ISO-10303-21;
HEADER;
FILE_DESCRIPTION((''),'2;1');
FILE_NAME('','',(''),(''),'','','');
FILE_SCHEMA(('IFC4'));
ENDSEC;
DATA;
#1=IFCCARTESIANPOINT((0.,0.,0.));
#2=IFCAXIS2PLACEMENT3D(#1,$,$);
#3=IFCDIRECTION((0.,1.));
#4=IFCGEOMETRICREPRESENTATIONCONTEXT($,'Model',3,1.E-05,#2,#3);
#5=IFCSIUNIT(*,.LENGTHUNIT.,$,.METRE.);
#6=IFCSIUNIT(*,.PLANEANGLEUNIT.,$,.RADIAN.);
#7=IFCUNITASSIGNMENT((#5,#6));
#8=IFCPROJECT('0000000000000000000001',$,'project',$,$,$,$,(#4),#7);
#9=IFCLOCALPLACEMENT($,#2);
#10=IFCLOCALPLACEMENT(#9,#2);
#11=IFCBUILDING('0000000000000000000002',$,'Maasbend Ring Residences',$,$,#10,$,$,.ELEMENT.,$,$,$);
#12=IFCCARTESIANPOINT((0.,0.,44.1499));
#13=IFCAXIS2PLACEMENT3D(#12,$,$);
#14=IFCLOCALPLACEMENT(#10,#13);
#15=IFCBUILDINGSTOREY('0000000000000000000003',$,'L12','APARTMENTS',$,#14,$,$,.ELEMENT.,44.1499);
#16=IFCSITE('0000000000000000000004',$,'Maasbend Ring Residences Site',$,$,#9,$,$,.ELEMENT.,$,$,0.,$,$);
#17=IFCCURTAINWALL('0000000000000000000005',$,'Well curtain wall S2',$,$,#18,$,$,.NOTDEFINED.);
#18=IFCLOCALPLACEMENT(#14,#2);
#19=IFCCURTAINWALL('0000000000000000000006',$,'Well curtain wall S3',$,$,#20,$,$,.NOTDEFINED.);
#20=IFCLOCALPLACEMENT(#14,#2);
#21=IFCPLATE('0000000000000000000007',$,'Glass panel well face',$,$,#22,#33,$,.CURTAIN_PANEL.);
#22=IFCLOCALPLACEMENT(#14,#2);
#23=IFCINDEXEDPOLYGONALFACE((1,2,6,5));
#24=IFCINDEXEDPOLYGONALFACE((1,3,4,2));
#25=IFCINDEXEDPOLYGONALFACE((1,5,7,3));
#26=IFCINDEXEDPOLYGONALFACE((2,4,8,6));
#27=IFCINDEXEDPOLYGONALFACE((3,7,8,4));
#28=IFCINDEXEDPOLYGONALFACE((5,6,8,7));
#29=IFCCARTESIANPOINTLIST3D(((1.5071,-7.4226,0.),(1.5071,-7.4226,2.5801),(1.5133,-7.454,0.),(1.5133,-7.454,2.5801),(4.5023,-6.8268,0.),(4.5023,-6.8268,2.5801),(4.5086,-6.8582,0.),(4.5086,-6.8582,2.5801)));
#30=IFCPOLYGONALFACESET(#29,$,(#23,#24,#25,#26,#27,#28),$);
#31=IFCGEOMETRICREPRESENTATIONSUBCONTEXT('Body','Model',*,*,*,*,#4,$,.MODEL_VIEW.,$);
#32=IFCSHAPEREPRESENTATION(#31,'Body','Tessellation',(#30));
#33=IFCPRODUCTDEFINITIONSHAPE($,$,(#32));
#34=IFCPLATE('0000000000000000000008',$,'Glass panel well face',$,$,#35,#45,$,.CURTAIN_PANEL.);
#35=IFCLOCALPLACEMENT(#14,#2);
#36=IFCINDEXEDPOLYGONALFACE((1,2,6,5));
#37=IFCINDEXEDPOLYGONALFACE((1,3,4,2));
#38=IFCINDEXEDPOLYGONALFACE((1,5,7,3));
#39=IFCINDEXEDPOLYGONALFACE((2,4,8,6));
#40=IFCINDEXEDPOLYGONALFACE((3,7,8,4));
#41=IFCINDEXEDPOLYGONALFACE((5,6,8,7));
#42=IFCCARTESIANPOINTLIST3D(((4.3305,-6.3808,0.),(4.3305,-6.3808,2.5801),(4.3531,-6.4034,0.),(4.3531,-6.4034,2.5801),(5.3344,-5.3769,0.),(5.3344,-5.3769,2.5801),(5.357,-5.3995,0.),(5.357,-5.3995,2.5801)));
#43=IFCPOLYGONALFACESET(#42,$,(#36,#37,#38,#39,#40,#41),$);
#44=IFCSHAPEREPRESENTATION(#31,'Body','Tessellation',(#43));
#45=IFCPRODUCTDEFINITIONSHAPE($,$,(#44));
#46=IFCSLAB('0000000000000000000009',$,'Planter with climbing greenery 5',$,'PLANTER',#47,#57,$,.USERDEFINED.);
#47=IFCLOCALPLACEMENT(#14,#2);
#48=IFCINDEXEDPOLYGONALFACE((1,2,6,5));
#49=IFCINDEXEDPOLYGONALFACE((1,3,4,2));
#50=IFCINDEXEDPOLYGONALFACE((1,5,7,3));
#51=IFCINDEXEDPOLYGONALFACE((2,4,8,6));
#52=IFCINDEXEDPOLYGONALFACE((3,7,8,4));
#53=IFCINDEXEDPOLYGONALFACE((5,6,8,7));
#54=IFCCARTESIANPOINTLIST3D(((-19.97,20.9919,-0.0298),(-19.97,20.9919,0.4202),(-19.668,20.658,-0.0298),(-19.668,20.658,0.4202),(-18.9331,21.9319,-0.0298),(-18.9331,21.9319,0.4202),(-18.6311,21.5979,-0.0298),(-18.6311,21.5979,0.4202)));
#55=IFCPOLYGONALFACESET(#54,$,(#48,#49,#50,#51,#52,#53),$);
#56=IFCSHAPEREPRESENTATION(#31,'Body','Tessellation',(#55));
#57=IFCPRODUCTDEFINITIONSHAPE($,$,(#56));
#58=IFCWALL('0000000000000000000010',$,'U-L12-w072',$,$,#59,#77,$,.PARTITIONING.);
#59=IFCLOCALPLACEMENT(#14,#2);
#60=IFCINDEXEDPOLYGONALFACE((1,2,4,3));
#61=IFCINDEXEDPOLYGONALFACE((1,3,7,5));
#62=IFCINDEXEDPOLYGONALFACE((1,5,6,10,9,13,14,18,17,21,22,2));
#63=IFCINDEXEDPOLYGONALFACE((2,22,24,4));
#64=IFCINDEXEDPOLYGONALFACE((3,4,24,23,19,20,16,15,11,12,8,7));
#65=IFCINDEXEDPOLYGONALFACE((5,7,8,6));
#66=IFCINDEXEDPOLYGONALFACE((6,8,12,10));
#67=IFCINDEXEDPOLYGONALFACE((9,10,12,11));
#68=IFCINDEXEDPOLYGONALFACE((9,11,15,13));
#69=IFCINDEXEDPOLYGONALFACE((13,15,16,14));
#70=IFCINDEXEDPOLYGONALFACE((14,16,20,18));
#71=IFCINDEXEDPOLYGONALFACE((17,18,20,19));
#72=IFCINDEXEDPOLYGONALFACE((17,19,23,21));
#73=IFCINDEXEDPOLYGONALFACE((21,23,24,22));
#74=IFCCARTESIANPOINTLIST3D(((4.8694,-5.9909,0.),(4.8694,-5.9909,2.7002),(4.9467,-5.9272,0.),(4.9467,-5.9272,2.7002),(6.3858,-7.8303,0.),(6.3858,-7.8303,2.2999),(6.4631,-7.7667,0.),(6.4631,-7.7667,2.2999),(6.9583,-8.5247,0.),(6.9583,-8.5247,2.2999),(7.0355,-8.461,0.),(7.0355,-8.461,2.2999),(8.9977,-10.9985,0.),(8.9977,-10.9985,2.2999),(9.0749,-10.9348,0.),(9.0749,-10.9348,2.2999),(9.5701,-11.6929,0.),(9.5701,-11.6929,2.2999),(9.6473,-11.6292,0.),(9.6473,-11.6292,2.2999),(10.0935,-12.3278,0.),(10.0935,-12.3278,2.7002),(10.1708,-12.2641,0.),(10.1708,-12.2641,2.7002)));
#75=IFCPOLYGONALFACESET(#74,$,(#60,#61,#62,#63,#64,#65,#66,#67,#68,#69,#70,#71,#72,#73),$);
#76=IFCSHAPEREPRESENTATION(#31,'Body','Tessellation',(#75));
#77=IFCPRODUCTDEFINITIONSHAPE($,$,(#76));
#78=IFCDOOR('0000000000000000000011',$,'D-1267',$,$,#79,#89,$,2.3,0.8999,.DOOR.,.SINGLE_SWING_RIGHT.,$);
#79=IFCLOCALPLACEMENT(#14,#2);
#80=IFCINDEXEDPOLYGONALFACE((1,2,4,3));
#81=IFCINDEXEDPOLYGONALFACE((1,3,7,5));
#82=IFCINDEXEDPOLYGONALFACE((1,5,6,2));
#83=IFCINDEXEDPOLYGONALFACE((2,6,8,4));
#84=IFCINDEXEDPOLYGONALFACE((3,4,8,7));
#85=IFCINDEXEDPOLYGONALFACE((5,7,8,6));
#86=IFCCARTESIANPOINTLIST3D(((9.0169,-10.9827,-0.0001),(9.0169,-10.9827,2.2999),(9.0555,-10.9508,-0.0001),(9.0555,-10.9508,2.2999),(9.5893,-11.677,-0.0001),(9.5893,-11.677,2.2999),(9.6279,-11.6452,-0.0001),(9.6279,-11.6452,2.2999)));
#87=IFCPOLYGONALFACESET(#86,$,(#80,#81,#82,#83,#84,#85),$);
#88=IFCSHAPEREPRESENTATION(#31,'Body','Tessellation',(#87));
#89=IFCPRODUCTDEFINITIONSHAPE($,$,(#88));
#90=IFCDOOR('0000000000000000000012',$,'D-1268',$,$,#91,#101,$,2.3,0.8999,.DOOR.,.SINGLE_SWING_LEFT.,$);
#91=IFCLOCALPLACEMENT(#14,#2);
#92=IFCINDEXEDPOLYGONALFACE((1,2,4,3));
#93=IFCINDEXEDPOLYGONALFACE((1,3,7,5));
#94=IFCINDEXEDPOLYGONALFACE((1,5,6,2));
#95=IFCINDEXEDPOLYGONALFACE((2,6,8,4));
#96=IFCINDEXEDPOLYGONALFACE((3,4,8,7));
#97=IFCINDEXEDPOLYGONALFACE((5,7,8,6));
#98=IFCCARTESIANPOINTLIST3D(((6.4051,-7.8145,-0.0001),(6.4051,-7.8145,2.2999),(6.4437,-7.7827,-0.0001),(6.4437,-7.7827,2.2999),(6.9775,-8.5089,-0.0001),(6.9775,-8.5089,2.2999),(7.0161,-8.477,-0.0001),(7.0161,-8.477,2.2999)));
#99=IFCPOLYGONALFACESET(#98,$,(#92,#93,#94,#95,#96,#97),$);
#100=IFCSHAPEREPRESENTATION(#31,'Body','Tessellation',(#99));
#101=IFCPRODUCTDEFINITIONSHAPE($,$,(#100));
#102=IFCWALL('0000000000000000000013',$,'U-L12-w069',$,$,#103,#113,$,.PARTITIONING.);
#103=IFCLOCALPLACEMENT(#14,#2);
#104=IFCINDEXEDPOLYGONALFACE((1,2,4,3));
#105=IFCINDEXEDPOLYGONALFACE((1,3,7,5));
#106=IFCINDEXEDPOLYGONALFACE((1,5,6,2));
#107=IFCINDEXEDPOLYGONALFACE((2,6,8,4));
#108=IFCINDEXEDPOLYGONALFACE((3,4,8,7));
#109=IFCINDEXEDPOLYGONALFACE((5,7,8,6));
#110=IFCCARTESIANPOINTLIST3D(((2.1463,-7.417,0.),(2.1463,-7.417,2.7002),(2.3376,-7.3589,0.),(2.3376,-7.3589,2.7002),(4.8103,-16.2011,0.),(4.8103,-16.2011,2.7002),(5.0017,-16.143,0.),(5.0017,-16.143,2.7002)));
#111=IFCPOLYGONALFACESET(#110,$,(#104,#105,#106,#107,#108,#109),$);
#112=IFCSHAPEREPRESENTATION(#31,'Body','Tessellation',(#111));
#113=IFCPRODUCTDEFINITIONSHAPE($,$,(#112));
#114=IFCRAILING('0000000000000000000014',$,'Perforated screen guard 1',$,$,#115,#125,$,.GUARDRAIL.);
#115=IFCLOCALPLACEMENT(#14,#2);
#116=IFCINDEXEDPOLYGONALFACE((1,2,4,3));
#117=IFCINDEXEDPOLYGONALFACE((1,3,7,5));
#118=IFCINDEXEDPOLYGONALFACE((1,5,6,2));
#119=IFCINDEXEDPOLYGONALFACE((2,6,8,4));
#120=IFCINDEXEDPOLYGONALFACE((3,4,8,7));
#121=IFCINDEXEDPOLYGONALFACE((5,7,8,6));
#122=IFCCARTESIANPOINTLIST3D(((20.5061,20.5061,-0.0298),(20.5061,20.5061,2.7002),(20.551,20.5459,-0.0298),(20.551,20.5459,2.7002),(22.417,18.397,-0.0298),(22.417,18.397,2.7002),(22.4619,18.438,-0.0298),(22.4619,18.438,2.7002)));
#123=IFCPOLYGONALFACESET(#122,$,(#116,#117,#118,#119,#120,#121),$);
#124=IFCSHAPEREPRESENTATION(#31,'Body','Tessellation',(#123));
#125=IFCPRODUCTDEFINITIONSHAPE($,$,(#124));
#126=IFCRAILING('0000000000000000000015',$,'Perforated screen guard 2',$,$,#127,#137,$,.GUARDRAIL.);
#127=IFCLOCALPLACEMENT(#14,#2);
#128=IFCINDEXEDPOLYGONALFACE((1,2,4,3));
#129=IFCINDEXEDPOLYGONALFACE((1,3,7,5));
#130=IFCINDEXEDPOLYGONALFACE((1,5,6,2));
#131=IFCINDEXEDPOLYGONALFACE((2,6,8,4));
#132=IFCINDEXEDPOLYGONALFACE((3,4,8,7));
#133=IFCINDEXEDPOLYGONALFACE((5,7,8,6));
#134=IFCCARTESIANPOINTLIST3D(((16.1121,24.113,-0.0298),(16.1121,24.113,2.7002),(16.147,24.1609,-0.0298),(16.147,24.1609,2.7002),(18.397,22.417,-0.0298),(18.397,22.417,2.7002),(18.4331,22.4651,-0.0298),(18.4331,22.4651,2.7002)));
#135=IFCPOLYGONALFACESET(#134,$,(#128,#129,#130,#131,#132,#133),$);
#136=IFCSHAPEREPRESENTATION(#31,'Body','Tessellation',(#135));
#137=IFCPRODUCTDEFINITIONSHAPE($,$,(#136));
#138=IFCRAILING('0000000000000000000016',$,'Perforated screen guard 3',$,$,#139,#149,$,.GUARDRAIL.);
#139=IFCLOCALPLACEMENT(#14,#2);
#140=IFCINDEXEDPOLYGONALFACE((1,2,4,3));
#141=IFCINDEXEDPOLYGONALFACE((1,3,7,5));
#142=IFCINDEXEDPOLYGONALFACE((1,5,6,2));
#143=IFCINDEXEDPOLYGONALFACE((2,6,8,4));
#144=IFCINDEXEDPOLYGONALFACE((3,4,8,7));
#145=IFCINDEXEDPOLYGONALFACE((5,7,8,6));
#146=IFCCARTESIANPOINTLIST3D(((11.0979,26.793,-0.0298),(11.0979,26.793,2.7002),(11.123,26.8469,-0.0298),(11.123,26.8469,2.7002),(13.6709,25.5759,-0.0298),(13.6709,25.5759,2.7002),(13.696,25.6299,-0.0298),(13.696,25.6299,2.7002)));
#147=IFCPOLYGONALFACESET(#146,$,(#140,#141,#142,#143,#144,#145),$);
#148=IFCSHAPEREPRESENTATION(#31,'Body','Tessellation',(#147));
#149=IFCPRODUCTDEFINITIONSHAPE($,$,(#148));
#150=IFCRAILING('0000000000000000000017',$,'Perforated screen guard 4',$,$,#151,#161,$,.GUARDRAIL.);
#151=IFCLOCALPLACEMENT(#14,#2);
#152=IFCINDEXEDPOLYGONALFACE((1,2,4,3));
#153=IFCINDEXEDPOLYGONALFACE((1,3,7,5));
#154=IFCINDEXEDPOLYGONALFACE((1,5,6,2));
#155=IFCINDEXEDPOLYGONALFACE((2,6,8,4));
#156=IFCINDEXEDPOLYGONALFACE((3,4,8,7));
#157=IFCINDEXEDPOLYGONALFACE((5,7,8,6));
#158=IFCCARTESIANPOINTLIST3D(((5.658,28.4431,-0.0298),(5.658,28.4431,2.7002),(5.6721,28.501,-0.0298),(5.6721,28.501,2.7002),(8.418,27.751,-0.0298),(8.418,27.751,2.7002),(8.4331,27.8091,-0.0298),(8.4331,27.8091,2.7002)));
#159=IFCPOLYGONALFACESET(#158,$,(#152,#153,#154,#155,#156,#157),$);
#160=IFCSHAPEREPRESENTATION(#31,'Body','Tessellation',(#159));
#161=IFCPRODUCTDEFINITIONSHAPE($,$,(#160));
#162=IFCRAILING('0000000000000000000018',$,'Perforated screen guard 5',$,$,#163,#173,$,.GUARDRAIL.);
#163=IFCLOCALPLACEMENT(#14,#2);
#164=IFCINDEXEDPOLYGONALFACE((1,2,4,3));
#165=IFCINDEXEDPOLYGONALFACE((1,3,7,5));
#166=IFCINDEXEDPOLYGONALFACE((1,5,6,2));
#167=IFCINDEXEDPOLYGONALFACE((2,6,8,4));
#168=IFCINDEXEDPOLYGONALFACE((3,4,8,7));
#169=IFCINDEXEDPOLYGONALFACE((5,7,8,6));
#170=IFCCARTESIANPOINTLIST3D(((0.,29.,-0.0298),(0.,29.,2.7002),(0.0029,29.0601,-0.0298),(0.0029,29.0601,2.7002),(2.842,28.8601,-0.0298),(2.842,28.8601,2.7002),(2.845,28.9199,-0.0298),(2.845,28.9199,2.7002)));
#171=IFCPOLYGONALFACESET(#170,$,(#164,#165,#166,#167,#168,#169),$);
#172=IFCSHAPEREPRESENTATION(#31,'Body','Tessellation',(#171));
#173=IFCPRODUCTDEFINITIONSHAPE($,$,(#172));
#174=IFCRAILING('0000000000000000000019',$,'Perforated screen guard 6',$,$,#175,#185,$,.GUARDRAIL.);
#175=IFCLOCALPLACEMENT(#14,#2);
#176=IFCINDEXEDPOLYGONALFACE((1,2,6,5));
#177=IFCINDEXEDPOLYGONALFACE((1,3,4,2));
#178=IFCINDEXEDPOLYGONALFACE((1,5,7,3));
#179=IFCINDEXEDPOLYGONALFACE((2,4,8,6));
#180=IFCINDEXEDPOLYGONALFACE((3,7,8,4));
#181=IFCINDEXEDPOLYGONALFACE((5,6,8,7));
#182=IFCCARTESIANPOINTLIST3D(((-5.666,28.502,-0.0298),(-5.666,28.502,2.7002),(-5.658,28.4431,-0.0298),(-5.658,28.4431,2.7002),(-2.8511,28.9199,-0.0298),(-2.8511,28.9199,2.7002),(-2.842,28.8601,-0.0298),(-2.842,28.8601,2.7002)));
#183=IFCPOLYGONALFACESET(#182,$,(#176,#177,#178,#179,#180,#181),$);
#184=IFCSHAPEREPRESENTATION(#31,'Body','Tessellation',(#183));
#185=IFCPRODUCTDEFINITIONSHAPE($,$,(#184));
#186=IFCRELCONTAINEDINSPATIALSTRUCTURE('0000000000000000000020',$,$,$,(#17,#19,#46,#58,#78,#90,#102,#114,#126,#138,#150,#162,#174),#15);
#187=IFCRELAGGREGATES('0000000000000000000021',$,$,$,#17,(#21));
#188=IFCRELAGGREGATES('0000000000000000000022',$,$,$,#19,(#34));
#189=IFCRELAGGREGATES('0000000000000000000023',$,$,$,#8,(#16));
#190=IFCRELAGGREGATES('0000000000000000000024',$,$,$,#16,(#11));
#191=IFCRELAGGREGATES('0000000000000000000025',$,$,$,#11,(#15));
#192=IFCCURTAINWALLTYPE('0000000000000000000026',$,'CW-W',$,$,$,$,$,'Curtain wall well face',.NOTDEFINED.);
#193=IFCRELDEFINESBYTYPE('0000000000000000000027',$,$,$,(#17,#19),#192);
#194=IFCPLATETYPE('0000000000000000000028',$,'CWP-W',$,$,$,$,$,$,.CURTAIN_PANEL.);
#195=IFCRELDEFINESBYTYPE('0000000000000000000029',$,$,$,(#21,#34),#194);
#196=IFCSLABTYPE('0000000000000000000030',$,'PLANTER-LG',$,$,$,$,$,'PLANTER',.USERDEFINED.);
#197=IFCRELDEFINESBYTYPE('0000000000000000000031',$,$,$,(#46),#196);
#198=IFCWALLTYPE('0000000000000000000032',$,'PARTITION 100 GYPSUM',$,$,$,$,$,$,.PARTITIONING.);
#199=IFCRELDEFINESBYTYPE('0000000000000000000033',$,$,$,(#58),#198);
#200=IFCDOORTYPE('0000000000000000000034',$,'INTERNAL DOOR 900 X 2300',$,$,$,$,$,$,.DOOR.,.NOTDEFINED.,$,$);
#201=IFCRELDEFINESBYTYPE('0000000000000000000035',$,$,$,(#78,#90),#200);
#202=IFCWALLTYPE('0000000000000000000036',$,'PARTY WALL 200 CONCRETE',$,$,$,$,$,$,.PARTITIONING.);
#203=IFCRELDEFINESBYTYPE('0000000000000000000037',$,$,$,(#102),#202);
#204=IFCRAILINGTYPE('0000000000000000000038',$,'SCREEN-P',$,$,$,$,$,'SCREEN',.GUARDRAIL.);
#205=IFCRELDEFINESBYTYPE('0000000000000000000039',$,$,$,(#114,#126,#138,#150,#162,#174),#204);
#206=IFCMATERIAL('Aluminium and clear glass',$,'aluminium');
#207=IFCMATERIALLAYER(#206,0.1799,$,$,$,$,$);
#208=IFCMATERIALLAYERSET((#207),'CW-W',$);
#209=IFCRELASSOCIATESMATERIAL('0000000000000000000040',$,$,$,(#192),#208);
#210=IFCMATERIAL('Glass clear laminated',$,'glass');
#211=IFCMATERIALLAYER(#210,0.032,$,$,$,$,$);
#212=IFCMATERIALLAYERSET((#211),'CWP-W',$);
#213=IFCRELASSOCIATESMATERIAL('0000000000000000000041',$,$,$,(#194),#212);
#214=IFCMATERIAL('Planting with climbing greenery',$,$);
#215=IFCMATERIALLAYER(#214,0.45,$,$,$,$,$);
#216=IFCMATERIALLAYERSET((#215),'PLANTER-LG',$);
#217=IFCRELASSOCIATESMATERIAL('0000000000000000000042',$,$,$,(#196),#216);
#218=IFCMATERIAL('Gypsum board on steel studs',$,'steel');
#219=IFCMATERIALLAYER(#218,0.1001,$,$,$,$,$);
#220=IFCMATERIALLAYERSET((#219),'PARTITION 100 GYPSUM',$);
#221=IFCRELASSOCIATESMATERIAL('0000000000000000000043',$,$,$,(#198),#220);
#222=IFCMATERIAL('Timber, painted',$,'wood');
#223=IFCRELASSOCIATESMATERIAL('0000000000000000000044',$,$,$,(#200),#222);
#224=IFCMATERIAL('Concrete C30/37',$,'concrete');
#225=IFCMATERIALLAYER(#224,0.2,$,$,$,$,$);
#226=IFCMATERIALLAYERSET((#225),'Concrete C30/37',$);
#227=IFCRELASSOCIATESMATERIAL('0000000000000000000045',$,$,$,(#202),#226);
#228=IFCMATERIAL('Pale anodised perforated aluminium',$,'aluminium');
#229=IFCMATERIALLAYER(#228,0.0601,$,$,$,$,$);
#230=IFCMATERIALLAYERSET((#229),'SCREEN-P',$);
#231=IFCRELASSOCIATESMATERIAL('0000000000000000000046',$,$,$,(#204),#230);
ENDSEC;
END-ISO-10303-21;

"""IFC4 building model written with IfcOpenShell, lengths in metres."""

from ifc_helpers import new_model, si_unit, direction, frame, frame_2d, origin, origin_2d, place, context, subcontext, project, spatial, polyline, rectangle, outline, extrude, material, layer, layer_set, type_object, element, fill, aggregate, save


model = new_model("IFC4")

# Units and contexts
model_context = context("Model", 3, precision=1e-05, world=origin(), true_north=direction((0.0, 1.0)))
body_context = subcontext(model_context, "Body", "Model", "MODEL_VIEW")
ifc_project = project(units=[si_unit("LENGTHUNIT", "METRE"), si_unit("PLANEANGLEUNIT", "RADIAN")], contexts=[model_context])

# Site, building, storey
site_placement = place(None, origin())
site = spatial("IfcSite", under=ifc_project, at=site_placement, Name="Maasbend Ring Residences Site", CompositionType="ELEMENT", RefElevation=0.0)
building_placement = place(site_placement, origin())
building = spatial("IfcBuilding", under=site, at=building_placement, Name="Maasbend Ring Residences", CompositionType="ELEMENT")
storey_placement = place(building_placement, frame((0.0, 0.0, 44.1499)))
storey = spatial("IfcBuildingStorey", under=building, at=storey_placement, Name="L12", Description="APARTMENTS", CompositionType="ELEMENT", Elevation=44.1499)

# Curtain walls
ifc_material_1 = material(Name="Aluminium and clear glass", Category="aluminium")
ifc_layer_1 = layer(ifc_material_1, 0.1799)
ifc_layer_set_1 = layer_set([ifc_layer_1], Name="CW-W")
curtain_wall_type = type_object("IfcCurtainWallType", Name="CW-W", ElementType="Curtain wall well face", PredefinedType="NOTDEFINED", material=ifc_layer_set_1)
curtain_wall_1_placement = place(storey_placement, origin())
curtain_wall_1 = element("IfcCurtainWall", 1, at=curtain_wall_1_placement, inside=storey, type_object=curtain_wall_type, Name="Well curtain wall S2", PredefinedType="NOTDEFINED")
curtain_wall_2_placement = place(storey_placement, origin())
curtain_wall_2 = element("IfcCurtainWall", 2, at=curtain_wall_2_placement, inside=storey, type_object=curtain_wall_type, Name="Well curtain wall S3", PredefinedType="NOTDEFINED")

# Plates
ifc_material_2 = material(Name="Glass clear laminated", Category="glass")
ifc_layer_2 = layer(ifc_material_2, 0.032)
ifc_layer_set_2 = layer_set([ifc_layer_2], Name="CWP-W")
plate_type = type_object("IfcPlateType", Name="CWP-W", PredefinedType="CURTAIN_PANEL", material=ifc_layer_set_2)
plate_1_placement = place(storey_placement, frame((3.0078, -7.1404, 0.0), z_axis=(0.0, 0.0, 1.0), x_axis=(0.980785, 0.19509, 0.0)))
plate_1 = element("IfcPlate", 3, at=plate_1_placement, type_object=plate_type, Name="Glass panel well face", PredefinedType="CURTAIN_PANEL", context=body_context, shape_type="SweptSolid", body=[
    extrude(rectangle(XDim=3.054, YDim=0.032, at=origin_2d()), origin(), (0.0, 0.0, 1.0), 2.5801),
])
aggregate(curtain_wall_1, [plate_1])
plate_2_placement = place(storey_placement, frame((4.8438, -5.8901, 0.0), z_axis=(0.0, 0.0, 1.0), x_axis=(0.707107, 0.707107, 0.0)))
plate_2 = element("IfcPlate", 4, at=plate_2_placement, type_object=plate_type, Name="Glass panel well face", PredefinedType="CURTAIN_PANEL", context=body_context, shape_type="SweptSolid", body=[
    extrude(rectangle(XDim=1.4197, YDim=0.032, at=origin_2d()), origin(), (0.0, 0.0, 1.0), 2.5801),
])
aggregate(curtain_wall_2, [plate_2])

# Slab
ifc_material_3 = material(Name="Planting with climbing greenery")
ifc_layer_3 = layer(ifc_material_3, 0.45)
ifc_layer_set_3 = layer_set([ifc_layer_3], Name="PLANTER-LG")
slab_type_1 = type_object("IfcSlabType", Name="PLANTER-LG", ElementType="PLANTER", PredefinedType="USERDEFINED", material=ifc_layer_set_3)
slab_1_placement = place(storey_placement, frame((0.0, 0.0, -0.0298)))
element("IfcSlab", 5, at=slab_1_placement, inside=storey, type_object=slab_type_1, Name="Planter with climbing greenery 5", ObjectType="PLANTER", PredefinedType="USERDEFINED", context=body_context, shape_type="SweptSolid", body=[
    extrude(outline(polyline([(-18.9331, 21.9319), (-19.97, 20.9919), (-19.668, 20.658), (-18.6311, 21.5979), (-18.9331, 21.9319)])), origin(), (0.0, 0.0, 1.0), 0.45),
])

# Wall, openings, doors
ifc_material_4 = material(Name="Gypsum board on steel studs", Category="steel")
ifc_layer_4 = layer(ifc_material_4, 0.1001)
ifc_layer_set_4 = layer_set([ifc_layer_4], Name="PARTITION 100 GYPSUM")
wall_type_1 = type_object("IfcWallType", Name="PARTITION 100 GYPSUM", PredefinedType="PARTITIONING", material=ifc_layer_set_4)
wall_1_placement = place(storey_placement, frame((4.908, -5.959, 0.0), z_axis=(0.0, 0.0, 1.0), x_axis=(0.636105, -0.771602, 0.0)))
wall_1 = element("IfcWall", 6, at=wall_1_placement, inside=storey, type_object=wall_type_1, Name="U-L12-w072", PredefinedType="PARTITIONING", context=body_context, shape_type="SweptSolid", body=[
    extrude(rectangle(XDim=8.2126, YDim=0.1001, at=frame_2d((4.1064, 0.0))), origin(), (0.0, 0.0, 1.0), 2.7002),
])
opening_1_placement = place(wall_1_placement, frame((6.49, 0.0, 0.0)))
opening_1 = element("IfcOpeningElement", 7, at=opening_1_placement, cuts=wall_1, PredefinedType="OPENING", context=body_context, shape_type="SweptSolid", body=[
    extrude(rectangle(XDim=0.8999, YDim=2.3, at=frame_2d((0.45, 1.1499))), frame((0.0, 0.0601, 0.0), z_axis=(0.0, -1.0, 0.0), x_axis=(1.0, 0.0, 0.0)), (0.0, 0.0, 1.0), 0.1201),
])
opening_2_placement = place(wall_1_placement, frame((2.384, 0.0, 0.0)))
opening_2 = element("IfcOpeningElement", 8, at=opening_2_placement, cuts=wall_1, PredefinedType="OPENING", context=body_context, shape_type="SweptSolid", body=[
    extrude(rectangle(XDim=0.8999, YDim=2.3, at=frame_2d((0.45, 1.1499))), frame((0.0, 0.0601, 0.0), z_axis=(0.0, -1.0, 0.0), x_axis=(1.0, 0.0, 0.0)), (0.0, 0.0, 1.0), 0.1201),
])
ifc_material_5 = material(Name="Timber, painted", Category="wood")
door_type = type_object("IfcDoorType", Name="INTERNAL DOOR 900 X 2300", OperationType="NOTDEFINED", PredefinedType="DOOR", material=ifc_material_5)
door_1_placement = place(opening_1_placement, origin())
door_1 = element("IfcDoor", 9, at=door_1_placement, inside=storey, type_object=door_type, Name="D-1267", OperationType="SINGLE_SWING_RIGHT", OverallHeight=2.3, OverallWidth=0.8999, PredefinedType="DOOR", context=body_context, shape_type="SweptSolid", body=[
    extrude(rectangle(XDim=0.8999, YDim=2.3, at=frame_2d((0.45, 1.1499))), frame((0.0, 0.0249, 0.0), z_axis=(0.0, -1.0, 0.0), x_axis=(1.0, 0.0, 0.0)), (0.0, 0.0, 1.0), 0.05),
])
fill(opening_1, door_1)
door_2_placement = place(opening_2_placement, origin())
door_2 = element("IfcDoor", 10, at=door_2_placement, inside=storey, type_object=door_type, Name="D-1268", OperationType="SINGLE_SWING_LEFT", OverallHeight=2.3, OverallWidth=0.8999, PredefinedType="DOOR", context=body_context, shape_type="SweptSolid", body=[
    extrude(rectangle(XDim=0.8999, YDim=2.3, at=frame_2d((0.45, 1.1499))), frame((0.0, 0.0249, 0.0), z_axis=(0.0, -1.0, 0.0), x_axis=(1.0, 0.0, 0.0)), (0.0, 0.0, 1.0), 0.05),
])
fill(opening_2, door_2)

# Wall
ifc_material_6 = material(Name="Concrete C30/37", Category="concrete")
ifc_layer_5 = layer(ifc_material_6, 0.2)
ifc_layer_set_5 = layer_set([ifc_layer_5], Name="Concrete C30/37")
wall_type_2 = type_object("IfcWallType", Name="PARTY WALL 200 CONCRETE", PredefinedType="PARTITIONING", material=ifc_layer_set_5)
wall_2_placement = place(storey_placement, frame((2.2419, -7.3879, 0.0), z_axis=(0.0, 0.0, 1.0), x_axis=(0.290226, -0.956958, 0.0)))
element("IfcWall", 11, at=wall_2_placement, inside=storey, type_object=wall_type_2, Name="U-L12-w069", PredefinedType="PARTITIONING", context=body_context, shape_type="SweptSolid", body=[
    extrude(rectangle(XDim=9.1792, YDim=0.2, at=frame_2d((4.5896, 0.0))), origin(), (0.0, 0.0, 1.0), 2.7002),
])

# Railings
ifc_material_7 = material(Name="Pale anodised perforated aluminium", Category="aluminium")
ifc_layer_6 = layer(ifc_material_7, 0.0601)
ifc_layer_set_6 = layer_set([ifc_layer_6], Name="SCREEN-P")
railing_type = type_object("IfcRailingType", Name="SCREEN-P", ElementType="SCREEN", PredefinedType="GUARDRAIL", material=ifc_layer_set_6)
railing_1_placement = place(storey_placement, frame((0.0, 0.0, -0.0298)))
element("IfcRailing", 12, at=railing_1_placement, inside=storey, type_object=railing_type, Name="Perforated screen guard 1", PredefinedType="GUARDRAIL", context=body_context, shape_type="SweptSolid", body=[
    extrude(outline(polyline([(22.417, 18.397), (20.5061, 20.5061), (20.551, 20.5459), (22.4619, 18.438), (22.417, 18.397)])), origin(), (0.0, 0.0, 1.0), 2.73),
])
railing_2_placement = place(storey_placement, frame((0.0, 0.0, -0.0298)))
element("IfcRailing", 13, at=railing_2_placement, inside=storey, type_object=railing_type, Name="Perforated screen guard 2", PredefinedType="GUARDRAIL", context=body_context, shape_type="SweptSolid", body=[
    extrude(outline(polyline([(18.397, 22.417), (16.1121, 24.113), (16.147, 24.1609), (18.4331, 22.4651), (18.397, 22.417)])), origin(), (0.0, 0.0, 1.0), 2.73),
])
railing_3_placement = place(storey_placement, frame((0.0, 0.0, -0.0298)))
element("IfcRailing", 14, at=railing_3_placement, inside=storey, type_object=railing_type, Name="Perforated screen guard 3", PredefinedType="GUARDRAIL", context=body_context, shape_type="SweptSolid", body=[
    extrude(outline(polyline([(13.6709, 25.5759), (11.0979, 26.793), (11.123, 26.8469), (13.696, 25.6299), (13.6709, 25.5759)])), origin(), (0.0, 0.0, 1.0), 2.73),
])
railing_4_placement = place(storey_placement, frame((0.0, 0.0, -0.0298)))
element("IfcRailing", 15, at=railing_4_placement, inside=storey, type_object=railing_type, Name="Perforated screen guard 4", PredefinedType="GUARDRAIL", context=body_context, shape_type="SweptSolid", body=[
    extrude(outline(polyline([(8.418, 27.751), (5.658, 28.4431), (5.6721, 28.501), (8.4331, 27.8091), (8.418, 27.751)])), origin(), (0.0, 0.0, 1.0), 2.73),
])
railing_5_placement = place(storey_placement, frame((0.0, 0.0, -0.0298)))
element("IfcRailing", 16, at=railing_5_placement, inside=storey, type_object=railing_type, Name="Perforated screen guard 5", PredefinedType="GUARDRAIL", context=body_context, shape_type="SweptSolid", body=[
    extrude(outline(polyline([(2.842, 28.8601), (0.0, 29.0), (0.0029, 29.0601), (2.845, 28.9199), (2.842, 28.8601)])), origin(), (0.0, 0.0, 1.0), 2.73),
])
railing_6_placement = place(storey_placement, frame((0.0, 0.0, -0.0298)))
element("IfcRailing", 17, at=railing_6_placement, inside=storey, type_object=railing_type, Name="Perforated screen guard 6", PredefinedType="GUARDRAIL", context=body_context, shape_type="SweptSolid", body=[
    extrude(outline(polyline([(-2.842, 28.8601), (-5.658, 28.4431), (-5.666, 28.502), (-2.8511, 28.9199), (-2.842, 28.8601)])), origin(), (0.0, 0.0, 1.0), 2.73),
])

save(model, "model.ifc")
